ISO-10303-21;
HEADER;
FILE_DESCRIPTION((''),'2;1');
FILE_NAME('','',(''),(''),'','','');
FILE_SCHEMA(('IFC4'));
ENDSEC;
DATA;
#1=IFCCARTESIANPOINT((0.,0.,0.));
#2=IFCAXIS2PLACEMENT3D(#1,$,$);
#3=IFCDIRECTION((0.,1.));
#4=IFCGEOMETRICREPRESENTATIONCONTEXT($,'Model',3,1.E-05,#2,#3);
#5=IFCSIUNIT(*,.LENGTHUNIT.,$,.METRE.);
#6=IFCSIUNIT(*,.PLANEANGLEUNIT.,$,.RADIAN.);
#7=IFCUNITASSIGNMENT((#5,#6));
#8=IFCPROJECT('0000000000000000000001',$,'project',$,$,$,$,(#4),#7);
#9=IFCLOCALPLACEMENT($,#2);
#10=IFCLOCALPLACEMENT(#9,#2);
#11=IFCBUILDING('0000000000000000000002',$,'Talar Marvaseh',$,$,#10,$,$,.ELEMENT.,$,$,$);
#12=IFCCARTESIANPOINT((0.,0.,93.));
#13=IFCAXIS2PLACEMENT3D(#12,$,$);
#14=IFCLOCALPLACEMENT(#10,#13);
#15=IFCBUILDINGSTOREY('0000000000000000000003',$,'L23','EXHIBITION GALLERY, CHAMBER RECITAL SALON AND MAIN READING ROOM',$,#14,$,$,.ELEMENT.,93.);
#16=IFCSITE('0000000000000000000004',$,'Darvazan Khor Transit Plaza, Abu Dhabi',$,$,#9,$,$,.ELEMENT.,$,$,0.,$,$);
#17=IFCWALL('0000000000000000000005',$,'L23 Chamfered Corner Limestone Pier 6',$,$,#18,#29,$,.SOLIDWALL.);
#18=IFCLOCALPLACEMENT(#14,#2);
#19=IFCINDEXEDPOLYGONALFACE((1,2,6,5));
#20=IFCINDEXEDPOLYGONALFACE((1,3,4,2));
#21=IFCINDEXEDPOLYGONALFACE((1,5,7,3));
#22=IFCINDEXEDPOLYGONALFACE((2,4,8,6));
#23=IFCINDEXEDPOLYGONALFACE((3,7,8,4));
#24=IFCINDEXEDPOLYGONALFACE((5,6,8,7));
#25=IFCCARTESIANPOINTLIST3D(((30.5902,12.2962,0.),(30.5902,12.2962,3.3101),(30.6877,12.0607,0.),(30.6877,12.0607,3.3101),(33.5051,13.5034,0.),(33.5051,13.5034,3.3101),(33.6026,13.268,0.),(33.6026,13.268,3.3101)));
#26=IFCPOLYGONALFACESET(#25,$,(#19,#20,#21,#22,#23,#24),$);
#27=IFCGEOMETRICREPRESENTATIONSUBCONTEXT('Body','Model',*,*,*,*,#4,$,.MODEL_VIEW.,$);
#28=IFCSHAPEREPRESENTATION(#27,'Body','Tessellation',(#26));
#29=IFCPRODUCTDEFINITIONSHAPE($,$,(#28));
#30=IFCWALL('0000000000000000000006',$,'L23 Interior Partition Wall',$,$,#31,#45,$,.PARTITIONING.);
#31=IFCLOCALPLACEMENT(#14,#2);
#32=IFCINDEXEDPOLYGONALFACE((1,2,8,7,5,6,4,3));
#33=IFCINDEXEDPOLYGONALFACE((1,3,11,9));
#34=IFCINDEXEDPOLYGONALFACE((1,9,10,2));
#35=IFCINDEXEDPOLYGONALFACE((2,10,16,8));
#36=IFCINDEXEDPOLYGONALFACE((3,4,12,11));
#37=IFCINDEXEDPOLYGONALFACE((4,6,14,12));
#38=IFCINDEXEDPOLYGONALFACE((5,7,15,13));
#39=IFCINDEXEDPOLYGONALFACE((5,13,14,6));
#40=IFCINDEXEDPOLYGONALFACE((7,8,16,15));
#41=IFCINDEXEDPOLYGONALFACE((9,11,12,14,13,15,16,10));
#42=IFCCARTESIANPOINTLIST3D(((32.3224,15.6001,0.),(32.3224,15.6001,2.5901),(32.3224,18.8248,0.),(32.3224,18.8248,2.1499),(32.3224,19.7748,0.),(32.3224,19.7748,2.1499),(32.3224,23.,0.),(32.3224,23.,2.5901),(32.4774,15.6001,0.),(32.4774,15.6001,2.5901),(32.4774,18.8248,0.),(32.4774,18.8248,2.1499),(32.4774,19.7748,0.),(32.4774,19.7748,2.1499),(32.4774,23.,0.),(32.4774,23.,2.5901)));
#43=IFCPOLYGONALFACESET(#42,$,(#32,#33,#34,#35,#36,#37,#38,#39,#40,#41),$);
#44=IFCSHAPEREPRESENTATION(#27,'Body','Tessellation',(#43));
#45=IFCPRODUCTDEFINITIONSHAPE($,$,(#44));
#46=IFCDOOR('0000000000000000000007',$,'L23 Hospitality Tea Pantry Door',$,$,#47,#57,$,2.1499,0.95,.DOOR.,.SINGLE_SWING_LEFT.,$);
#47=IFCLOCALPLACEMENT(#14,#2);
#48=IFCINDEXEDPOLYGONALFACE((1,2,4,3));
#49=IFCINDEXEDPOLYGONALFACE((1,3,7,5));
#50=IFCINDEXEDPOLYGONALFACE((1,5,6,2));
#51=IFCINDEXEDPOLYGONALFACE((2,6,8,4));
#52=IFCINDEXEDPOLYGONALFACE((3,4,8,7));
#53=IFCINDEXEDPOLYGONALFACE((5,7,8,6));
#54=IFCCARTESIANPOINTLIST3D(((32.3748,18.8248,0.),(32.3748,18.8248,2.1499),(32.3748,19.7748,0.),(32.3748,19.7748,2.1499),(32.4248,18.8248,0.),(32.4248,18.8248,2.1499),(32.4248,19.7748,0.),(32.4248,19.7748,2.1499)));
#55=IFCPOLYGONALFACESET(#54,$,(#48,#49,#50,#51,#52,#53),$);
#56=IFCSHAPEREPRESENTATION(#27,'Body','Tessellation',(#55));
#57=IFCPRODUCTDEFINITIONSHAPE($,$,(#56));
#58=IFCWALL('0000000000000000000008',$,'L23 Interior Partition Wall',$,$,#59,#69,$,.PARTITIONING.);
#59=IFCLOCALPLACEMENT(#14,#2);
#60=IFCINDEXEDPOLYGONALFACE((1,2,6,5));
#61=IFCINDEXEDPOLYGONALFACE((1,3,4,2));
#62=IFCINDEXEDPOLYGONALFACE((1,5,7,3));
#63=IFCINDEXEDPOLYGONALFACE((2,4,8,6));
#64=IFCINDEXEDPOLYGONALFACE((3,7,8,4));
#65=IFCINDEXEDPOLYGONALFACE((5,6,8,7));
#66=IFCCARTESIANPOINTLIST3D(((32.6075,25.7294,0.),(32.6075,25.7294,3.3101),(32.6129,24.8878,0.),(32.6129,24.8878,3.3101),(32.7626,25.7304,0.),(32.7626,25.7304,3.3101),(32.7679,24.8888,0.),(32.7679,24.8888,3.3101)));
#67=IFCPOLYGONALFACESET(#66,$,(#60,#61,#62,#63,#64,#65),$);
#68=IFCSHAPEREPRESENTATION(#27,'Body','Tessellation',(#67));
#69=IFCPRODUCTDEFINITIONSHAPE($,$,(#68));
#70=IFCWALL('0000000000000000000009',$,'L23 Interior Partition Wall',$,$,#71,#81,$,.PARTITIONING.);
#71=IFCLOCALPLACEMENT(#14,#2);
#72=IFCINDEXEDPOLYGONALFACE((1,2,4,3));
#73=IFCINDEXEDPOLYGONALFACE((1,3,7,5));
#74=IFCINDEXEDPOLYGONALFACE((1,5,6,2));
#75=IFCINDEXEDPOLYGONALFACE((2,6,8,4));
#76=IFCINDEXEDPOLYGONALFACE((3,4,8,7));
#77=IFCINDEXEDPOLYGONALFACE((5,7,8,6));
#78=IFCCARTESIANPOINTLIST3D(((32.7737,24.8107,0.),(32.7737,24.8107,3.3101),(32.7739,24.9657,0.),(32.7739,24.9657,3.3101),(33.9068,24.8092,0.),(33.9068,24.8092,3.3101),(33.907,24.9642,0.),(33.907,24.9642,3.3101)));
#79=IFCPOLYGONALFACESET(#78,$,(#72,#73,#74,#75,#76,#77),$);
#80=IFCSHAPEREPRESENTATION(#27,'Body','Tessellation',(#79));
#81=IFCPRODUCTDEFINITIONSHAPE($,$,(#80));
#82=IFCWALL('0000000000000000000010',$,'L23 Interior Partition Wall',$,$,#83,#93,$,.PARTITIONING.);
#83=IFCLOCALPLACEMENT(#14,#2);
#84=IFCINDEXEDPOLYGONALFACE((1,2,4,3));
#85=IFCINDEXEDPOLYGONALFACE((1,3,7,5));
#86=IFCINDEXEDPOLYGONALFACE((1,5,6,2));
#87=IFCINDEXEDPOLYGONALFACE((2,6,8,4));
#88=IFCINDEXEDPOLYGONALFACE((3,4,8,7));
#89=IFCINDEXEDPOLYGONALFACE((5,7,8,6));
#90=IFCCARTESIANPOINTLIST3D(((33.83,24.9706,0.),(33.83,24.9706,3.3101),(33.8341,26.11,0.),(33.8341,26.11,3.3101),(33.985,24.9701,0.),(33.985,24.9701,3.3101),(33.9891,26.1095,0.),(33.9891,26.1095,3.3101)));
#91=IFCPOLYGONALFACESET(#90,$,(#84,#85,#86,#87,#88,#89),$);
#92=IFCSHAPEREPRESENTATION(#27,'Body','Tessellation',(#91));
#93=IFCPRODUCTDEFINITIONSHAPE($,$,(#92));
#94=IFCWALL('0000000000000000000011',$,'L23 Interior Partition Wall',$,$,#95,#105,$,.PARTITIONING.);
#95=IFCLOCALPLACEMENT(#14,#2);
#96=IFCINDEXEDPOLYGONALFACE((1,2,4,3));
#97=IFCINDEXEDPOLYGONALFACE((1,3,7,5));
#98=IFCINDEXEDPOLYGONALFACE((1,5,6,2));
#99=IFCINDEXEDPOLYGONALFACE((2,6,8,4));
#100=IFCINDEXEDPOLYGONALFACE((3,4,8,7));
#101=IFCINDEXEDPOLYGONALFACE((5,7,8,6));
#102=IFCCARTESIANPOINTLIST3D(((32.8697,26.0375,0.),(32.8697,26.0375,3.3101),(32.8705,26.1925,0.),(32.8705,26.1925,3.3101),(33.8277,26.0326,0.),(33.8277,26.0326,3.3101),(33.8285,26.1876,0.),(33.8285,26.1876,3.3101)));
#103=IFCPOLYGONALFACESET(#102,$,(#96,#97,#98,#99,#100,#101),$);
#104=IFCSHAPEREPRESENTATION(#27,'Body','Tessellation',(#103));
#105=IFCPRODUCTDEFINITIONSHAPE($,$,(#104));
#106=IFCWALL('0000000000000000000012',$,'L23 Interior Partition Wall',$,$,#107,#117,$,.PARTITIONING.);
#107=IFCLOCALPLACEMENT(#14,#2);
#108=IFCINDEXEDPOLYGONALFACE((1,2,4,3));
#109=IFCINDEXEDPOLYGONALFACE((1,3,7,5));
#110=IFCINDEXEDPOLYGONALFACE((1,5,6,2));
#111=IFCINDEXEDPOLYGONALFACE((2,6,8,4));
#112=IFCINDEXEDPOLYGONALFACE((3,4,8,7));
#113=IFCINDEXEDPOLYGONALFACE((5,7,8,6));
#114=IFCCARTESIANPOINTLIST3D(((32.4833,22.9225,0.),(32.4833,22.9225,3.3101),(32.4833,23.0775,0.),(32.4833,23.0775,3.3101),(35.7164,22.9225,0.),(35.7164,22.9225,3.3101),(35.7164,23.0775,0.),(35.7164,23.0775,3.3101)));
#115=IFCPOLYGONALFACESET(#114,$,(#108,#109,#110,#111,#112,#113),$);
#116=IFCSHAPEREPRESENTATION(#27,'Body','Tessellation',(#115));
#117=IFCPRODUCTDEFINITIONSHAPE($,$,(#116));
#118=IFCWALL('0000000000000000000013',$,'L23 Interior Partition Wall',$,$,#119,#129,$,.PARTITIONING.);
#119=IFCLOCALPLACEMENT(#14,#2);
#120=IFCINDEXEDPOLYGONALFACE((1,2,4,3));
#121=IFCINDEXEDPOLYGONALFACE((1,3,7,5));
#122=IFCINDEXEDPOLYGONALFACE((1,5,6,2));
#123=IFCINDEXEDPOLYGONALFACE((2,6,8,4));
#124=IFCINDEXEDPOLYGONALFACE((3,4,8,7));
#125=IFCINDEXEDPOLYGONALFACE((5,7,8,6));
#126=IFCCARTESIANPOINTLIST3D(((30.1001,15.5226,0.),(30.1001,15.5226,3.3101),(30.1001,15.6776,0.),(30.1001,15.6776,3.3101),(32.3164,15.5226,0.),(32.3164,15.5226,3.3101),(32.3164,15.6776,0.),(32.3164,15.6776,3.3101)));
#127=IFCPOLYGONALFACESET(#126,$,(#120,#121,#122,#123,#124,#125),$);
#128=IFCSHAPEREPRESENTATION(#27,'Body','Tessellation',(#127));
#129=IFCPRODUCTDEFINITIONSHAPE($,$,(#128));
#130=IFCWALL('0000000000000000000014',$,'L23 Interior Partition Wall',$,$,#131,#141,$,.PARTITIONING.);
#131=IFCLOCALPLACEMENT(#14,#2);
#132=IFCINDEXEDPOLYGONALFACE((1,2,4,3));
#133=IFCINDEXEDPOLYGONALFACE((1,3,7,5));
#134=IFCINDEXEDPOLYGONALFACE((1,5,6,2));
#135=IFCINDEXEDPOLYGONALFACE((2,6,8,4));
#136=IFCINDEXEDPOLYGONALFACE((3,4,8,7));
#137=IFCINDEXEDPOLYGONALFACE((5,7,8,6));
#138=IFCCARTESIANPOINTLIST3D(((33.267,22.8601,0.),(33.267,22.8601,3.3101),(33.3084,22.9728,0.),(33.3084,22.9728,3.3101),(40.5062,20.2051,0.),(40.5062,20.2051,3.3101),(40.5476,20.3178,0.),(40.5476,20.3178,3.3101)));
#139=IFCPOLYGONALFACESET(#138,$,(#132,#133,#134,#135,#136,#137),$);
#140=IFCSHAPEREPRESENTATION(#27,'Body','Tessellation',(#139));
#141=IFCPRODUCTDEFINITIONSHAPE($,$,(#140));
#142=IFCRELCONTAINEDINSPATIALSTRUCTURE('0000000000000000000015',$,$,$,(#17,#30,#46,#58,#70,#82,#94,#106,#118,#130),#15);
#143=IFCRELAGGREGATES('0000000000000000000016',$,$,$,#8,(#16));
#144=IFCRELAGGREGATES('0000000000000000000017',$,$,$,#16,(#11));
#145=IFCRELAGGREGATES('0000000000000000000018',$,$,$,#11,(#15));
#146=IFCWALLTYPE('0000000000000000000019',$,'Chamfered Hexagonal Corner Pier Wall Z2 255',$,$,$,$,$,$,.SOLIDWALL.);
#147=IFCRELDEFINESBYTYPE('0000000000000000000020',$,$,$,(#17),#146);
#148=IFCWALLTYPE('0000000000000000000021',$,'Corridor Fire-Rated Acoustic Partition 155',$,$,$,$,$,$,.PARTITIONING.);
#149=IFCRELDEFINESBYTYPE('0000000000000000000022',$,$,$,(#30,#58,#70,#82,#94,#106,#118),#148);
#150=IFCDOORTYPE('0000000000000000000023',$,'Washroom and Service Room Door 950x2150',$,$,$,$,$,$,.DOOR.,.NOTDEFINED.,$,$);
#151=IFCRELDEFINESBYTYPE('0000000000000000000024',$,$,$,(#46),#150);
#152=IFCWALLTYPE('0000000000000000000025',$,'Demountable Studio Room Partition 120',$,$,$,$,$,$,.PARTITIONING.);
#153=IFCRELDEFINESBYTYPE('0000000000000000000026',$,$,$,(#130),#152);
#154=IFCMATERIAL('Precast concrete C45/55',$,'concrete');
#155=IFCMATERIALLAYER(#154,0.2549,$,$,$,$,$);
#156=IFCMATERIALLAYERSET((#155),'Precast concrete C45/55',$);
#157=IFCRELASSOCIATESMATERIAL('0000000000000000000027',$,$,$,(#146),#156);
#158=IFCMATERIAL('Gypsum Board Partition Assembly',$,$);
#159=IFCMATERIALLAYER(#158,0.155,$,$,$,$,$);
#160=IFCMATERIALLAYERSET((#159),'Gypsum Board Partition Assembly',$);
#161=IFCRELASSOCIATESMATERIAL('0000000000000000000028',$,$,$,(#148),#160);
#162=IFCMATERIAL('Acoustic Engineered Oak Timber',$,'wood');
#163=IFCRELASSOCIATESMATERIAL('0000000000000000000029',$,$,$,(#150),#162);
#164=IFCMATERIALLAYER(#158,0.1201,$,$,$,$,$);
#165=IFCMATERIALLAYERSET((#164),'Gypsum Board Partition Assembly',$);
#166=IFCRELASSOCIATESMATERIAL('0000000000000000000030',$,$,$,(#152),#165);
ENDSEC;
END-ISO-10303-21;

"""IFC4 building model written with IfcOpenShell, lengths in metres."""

from ifc_helpers import new_model, si_unit, direction, frame, frame_2d, origin, place, context, subcontext, project, spatial, rectangle, extrude, source, transform, mapped, material, layer, layer_set, type_object, type_shapes, element, fill, save


model = new_model("IFC4")

# Units and contexts
model_context = context("Model", 3, precision=1e-05, world=origin(), true_north=direction((0.0, 1.0)))
body_context = subcontext(model_context, "Body", "Model", "MODEL_VIEW")
ifc_project = project(units=[si_unit("LENGTHUNIT", "METRE"), si_unit("PLANEANGLEUNIT", "RADIAN")], contexts=[model_context])

# Site, building, storey
site_placement = place(None, origin())
site = spatial("IfcSite", under=ifc_project, at=site_placement, Name="Darvazan Khor Transit Plaza, Abu Dhabi", CompositionType="ELEMENT", RefElevation=0.0)
building_placement = place(site_placement, origin())
building = spatial("IfcBuilding", under=site, at=building_placement, Name="Talar Marvaseh", CompositionType="ELEMENT")
storey_placement = place(building_placement, frame((0.0, 0.0, 93.0)))
storey = spatial("IfcBuildingStorey", under=building, at=storey_placement, Name="L23", Description="EXHIBITION GALLERY, CHAMBER RECITAL SALON AND MAIN READING ROOM", CompositionType="ELEMENT", Elevation=93.0)

# Wall
ifc_material_1 = material(Name="Precast concrete C45/55", Category="concrete")
ifc_layer_1 = layer(ifc_material_1, 0.2549)
ifc_layer_set_1 = layer_set([ifc_layer_1], Name="Precast concrete C45/55")
wall_type_1 = type_object("IfcWallType", Name="Chamfered Hexagonal Corner Pier Wall Z2 255", PredefinedType="SOLIDWALL", material=ifc_layer_set_1)
wall_1_placement = place(storey_placement, frame((33.554, 13.3857, 0.0), z_axis=(0.0, 0.0, 1.0), x_axis=(-0.923899, -0.382637, 0.0)))
element("IfcWall", 1, at=wall_1_placement, inside=storey, type_object=wall_type_1, Name="L23 Chamfered Corner Limestone Pier 6", PredefinedType="SOLIDWALL", context=body_context, shape_type="SweptSolid", body=[
    extrude(rectangle(XDim=3.155, YDim=0.2549, at=frame_2d((1.5776, 0.0))), origin(), (0.0, 0.0, 1.0), 3.3101),
])

# Wall, opening, door
ifc_material_2 = material(Name="Gypsum Board Partition Assembly")
ifc_layer_2 = layer(ifc_material_2, 0.155)
ifc_layer_set_2 = layer_set([ifc_layer_2], Name="Gypsum Board Partition Assembly")
wall_type_2 = type_object("IfcWallType", Name="Corridor Fire-Rated Acoustic Partition 155", PredefinedType="PARTITIONING", material=ifc_layer_set_2)
wall_2_placement = place(storey_placement, frame((32.3999, 23.0, 0.0), z_axis=(0.0, 0.0, 1.0), x_axis=(0.0, -1.0, 0.0)))
wall_2 = element("IfcWall", 2, at=wall_2_placement, inside=storey, type_object=wall_type_2, Name="L23 Interior Partition Wall", PredefinedType="PARTITIONING", context=body_context, shape_type="SweptSolid", body=[
    extrude(rectangle(XDim=7.3999, YDim=0.155, at=frame_2d((3.7, 0.0))), origin(), (0.0, 0.0, 1.0), 2.5901),
])
opening_1_placement = place(wall_2_placement, frame((3.2251, 0.0, 0.0)))
opening_1 = element("IfcOpeningElement", 3, at=opening_1_placement, cuts=wall_2, PredefinedType="OPENING", context=body_context, shape_type="SweptSolid", body=[
    extrude(rectangle(XDim=0.95, YDim=2.1499, at=frame_2d((0.4751, 1.075))), frame((0.0, 0.0874, 0.0), z_axis=(0.0, -1.0, 0.0), x_axis=(1.0, 0.0, 0.0)), (0.0, 0.0, 1.0), 0.175),
])
ifc_material_3 = material(Name="Acoustic Engineered Oak Timber", Category="wood")
door_type_1 = type_object("IfcDoorType", Name="Washroom and Service Room Door 950x2150", OperationType="NOTDEFINED", PredefinedType="DOOR", material=ifc_material_3)
shared_shape_1 = source(origin(), body_context, "Body", "SweptSolid", [
    extrude(rectangle(XDim=0.95, YDim=2.1499, at=frame_2d((0.4751, 1.075))), frame((0.0, 0.0249, 0.0), z_axis=(0.0, -1.0, 0.0), x_axis=(1.0, 0.0, 0.0)), (0.0, 0.0, 1.0), 0.05),
])
type_shapes(door_type_1, [shared_shape_1])
door_1_placement = place(opening_1_placement, origin())
door_1 = element("IfcDoor", 4, at=door_1_placement, inside=storey, type_object=door_type_1, Name="L23 Hospitality Tea Pantry Door", OperationType="SINGLE_SWING_LEFT", OverallHeight=2.1499, OverallWidth=0.95, PredefinedType="DOOR", context=body_context, shape_type="MappedRepresentation", body=[
    mapped(shared_shape_1, transform((0.0, 0.0, 0.0), x_axis=(1.0, 0.0, 0.0), y_axis=(0.0, 1.0, 0.0), z_axis=(0.0, 0.0, 1.0), scale=1.0)),
])
fill(opening_1, door_1)

# Walls
wall_3_placement = place(storey_placement, frame((32.6851, 25.73, 0.0), z_axis=(0.0, 0.0, 1.0), x_axis=(0.006382, -0.99998, 0.0)))
element("IfcWall", 5, at=wall_3_placement, inside=storey, type_object=wall_type_2, Name="L23 Interior Partition Wall", PredefinedType="PARTITIONING", context=body_context, shape_type="SweptSolid", body=[
    extrude(rectangle(XDim=0.8416, YDim=0.155, at=frame_2d((0.4209, 0.0))), origin(), (0.0, 0.0, 1.0), 3.3101),
])
wall_4_placement = place(storey_placement, frame((32.7739, 24.8882, 0.0), z_axis=(0.0, 0.0, 1.0), x_axis=(0.999999, -0.001293, 0.0)))
element("IfcWall", 6, at=wall_4_placement, inside=storey, type_object=wall_type_2, Name="L23 Interior Partition Wall", PredefinedType="PARTITIONING", context=body_context, shape_type="SweptSolid", body=[
    extrude(rectangle(XDim=1.1331, YDim=0.155, at=frame_2d((0.5664, 0.0))), origin(), (0.0, 0.0, 1.0), 3.3101),
])
wall_5_placement = place(storey_placement, frame((33.9075, 24.9702, 0.0), z_axis=(0.0, 0.0, 1.0), x_axis=(0.003643, 0.999993, 0.0)))
element("IfcWall", 7, at=wall_5_placement, inside=storey, type_object=wall_type_2, Name="L23 Interior Partition Wall", PredefinedType="PARTITIONING", context=body_context, shape_type="SweptSolid", body=[
    extrude(rectangle(XDim=1.1394, YDim=0.155, at=frame_2d((0.5698, 0.0))), origin(), (0.0, 0.0, 1.0), 3.3101),
])
wall_6_placement = place(storey_placement, frame((33.8281, 26.1101, 0.0), z_axis=(0.0, 0.0, 1.0), x_axis=(-0.999987, 0.005097, 0.0)))
element("IfcWall", 8, at=wall_6_placement, inside=storey, type_object=wall_type_2, Name="L23 Interior Partition Wall", PredefinedType="PARTITIONING", context=body_context, shape_type="SweptSolid", body=[
    extrude(rectangle(XDim=0.958, YDim=0.155, at=frame_2d((0.479, 0.0))), origin(), (0.0, 0.0, 1.0), 3.3101),
])
wall_7_placement = place(storey_placement, frame((35.7166, 23.0, 0.0), z_axis=(0.0, 0.0, 1.0), x_axis=(-1.0, 0.0, 0.0)))
element("IfcWall", 9, at=wall_7_placement, inside=storey, type_object=wall_type_2, Name="L23 Interior Partition Wall", PredefinedType="PARTITIONING", context=body_context, shape_type="SweptSolid", body=[
    extrude(rectangle(XDim=3.2332, YDim=0.155, at=frame_2d((1.6167, 0.0))), origin(), (0.0, 0.0, 1.0), 3.3101),
])
wall_8_placement = place(storey_placement, frame((32.3164, 15.6001, 0.0), z_axis=(0.0, 0.0, 1.0), x_axis=(-1.0, 0.0, 0.0)))
element("IfcWall", 10, at=wall_8_placement, inside=storey, type_object=wall_type_2, Name="L23 Interior Partition Wall", PredefinedType="PARTITIONING", context=body_context, shape_type="SweptSolid", body=[
    extrude(rectangle(XDim=2.2163, YDim=0.155, at=frame_2d((1.1082, 0.0))), origin(), (0.0, 0.0, 1.0), 3.3101),
])
ifc_layer_3 = layer(ifc_material_2, 0.1201)
ifc_layer_set_3 = layer_set([ifc_layer_3], Name="Gypsum Board Partition Assembly")
wall_type_3 = type_object("IfcWallType", Name="Demountable Studio Room Partition 120", PredefinedType="PARTITIONING", material=ifc_layer_set_3)
wall_9_placement = place(storey_placement, frame((33.2876, 22.9165, 0.0), z_axis=(0.0, 0.0, 1.0), x_axis=(0.93885, -0.344327, 0.0)))
element("IfcWall", 11, at=wall_9_placement, inside=storey, type_object=wall_type_3, Name="L23 Interior Partition Wall", PredefinedType="PARTITIONING", context=body_context, shape_type="SweptSolid", body=[
    extrude(rectangle(XDim=7.7107, YDim=0.1201, at=frame_2d((3.8555, 0.0))), origin(), (0.0, 0.0, 1.0), 3.3101),
])

save(model, "model.ifc")
